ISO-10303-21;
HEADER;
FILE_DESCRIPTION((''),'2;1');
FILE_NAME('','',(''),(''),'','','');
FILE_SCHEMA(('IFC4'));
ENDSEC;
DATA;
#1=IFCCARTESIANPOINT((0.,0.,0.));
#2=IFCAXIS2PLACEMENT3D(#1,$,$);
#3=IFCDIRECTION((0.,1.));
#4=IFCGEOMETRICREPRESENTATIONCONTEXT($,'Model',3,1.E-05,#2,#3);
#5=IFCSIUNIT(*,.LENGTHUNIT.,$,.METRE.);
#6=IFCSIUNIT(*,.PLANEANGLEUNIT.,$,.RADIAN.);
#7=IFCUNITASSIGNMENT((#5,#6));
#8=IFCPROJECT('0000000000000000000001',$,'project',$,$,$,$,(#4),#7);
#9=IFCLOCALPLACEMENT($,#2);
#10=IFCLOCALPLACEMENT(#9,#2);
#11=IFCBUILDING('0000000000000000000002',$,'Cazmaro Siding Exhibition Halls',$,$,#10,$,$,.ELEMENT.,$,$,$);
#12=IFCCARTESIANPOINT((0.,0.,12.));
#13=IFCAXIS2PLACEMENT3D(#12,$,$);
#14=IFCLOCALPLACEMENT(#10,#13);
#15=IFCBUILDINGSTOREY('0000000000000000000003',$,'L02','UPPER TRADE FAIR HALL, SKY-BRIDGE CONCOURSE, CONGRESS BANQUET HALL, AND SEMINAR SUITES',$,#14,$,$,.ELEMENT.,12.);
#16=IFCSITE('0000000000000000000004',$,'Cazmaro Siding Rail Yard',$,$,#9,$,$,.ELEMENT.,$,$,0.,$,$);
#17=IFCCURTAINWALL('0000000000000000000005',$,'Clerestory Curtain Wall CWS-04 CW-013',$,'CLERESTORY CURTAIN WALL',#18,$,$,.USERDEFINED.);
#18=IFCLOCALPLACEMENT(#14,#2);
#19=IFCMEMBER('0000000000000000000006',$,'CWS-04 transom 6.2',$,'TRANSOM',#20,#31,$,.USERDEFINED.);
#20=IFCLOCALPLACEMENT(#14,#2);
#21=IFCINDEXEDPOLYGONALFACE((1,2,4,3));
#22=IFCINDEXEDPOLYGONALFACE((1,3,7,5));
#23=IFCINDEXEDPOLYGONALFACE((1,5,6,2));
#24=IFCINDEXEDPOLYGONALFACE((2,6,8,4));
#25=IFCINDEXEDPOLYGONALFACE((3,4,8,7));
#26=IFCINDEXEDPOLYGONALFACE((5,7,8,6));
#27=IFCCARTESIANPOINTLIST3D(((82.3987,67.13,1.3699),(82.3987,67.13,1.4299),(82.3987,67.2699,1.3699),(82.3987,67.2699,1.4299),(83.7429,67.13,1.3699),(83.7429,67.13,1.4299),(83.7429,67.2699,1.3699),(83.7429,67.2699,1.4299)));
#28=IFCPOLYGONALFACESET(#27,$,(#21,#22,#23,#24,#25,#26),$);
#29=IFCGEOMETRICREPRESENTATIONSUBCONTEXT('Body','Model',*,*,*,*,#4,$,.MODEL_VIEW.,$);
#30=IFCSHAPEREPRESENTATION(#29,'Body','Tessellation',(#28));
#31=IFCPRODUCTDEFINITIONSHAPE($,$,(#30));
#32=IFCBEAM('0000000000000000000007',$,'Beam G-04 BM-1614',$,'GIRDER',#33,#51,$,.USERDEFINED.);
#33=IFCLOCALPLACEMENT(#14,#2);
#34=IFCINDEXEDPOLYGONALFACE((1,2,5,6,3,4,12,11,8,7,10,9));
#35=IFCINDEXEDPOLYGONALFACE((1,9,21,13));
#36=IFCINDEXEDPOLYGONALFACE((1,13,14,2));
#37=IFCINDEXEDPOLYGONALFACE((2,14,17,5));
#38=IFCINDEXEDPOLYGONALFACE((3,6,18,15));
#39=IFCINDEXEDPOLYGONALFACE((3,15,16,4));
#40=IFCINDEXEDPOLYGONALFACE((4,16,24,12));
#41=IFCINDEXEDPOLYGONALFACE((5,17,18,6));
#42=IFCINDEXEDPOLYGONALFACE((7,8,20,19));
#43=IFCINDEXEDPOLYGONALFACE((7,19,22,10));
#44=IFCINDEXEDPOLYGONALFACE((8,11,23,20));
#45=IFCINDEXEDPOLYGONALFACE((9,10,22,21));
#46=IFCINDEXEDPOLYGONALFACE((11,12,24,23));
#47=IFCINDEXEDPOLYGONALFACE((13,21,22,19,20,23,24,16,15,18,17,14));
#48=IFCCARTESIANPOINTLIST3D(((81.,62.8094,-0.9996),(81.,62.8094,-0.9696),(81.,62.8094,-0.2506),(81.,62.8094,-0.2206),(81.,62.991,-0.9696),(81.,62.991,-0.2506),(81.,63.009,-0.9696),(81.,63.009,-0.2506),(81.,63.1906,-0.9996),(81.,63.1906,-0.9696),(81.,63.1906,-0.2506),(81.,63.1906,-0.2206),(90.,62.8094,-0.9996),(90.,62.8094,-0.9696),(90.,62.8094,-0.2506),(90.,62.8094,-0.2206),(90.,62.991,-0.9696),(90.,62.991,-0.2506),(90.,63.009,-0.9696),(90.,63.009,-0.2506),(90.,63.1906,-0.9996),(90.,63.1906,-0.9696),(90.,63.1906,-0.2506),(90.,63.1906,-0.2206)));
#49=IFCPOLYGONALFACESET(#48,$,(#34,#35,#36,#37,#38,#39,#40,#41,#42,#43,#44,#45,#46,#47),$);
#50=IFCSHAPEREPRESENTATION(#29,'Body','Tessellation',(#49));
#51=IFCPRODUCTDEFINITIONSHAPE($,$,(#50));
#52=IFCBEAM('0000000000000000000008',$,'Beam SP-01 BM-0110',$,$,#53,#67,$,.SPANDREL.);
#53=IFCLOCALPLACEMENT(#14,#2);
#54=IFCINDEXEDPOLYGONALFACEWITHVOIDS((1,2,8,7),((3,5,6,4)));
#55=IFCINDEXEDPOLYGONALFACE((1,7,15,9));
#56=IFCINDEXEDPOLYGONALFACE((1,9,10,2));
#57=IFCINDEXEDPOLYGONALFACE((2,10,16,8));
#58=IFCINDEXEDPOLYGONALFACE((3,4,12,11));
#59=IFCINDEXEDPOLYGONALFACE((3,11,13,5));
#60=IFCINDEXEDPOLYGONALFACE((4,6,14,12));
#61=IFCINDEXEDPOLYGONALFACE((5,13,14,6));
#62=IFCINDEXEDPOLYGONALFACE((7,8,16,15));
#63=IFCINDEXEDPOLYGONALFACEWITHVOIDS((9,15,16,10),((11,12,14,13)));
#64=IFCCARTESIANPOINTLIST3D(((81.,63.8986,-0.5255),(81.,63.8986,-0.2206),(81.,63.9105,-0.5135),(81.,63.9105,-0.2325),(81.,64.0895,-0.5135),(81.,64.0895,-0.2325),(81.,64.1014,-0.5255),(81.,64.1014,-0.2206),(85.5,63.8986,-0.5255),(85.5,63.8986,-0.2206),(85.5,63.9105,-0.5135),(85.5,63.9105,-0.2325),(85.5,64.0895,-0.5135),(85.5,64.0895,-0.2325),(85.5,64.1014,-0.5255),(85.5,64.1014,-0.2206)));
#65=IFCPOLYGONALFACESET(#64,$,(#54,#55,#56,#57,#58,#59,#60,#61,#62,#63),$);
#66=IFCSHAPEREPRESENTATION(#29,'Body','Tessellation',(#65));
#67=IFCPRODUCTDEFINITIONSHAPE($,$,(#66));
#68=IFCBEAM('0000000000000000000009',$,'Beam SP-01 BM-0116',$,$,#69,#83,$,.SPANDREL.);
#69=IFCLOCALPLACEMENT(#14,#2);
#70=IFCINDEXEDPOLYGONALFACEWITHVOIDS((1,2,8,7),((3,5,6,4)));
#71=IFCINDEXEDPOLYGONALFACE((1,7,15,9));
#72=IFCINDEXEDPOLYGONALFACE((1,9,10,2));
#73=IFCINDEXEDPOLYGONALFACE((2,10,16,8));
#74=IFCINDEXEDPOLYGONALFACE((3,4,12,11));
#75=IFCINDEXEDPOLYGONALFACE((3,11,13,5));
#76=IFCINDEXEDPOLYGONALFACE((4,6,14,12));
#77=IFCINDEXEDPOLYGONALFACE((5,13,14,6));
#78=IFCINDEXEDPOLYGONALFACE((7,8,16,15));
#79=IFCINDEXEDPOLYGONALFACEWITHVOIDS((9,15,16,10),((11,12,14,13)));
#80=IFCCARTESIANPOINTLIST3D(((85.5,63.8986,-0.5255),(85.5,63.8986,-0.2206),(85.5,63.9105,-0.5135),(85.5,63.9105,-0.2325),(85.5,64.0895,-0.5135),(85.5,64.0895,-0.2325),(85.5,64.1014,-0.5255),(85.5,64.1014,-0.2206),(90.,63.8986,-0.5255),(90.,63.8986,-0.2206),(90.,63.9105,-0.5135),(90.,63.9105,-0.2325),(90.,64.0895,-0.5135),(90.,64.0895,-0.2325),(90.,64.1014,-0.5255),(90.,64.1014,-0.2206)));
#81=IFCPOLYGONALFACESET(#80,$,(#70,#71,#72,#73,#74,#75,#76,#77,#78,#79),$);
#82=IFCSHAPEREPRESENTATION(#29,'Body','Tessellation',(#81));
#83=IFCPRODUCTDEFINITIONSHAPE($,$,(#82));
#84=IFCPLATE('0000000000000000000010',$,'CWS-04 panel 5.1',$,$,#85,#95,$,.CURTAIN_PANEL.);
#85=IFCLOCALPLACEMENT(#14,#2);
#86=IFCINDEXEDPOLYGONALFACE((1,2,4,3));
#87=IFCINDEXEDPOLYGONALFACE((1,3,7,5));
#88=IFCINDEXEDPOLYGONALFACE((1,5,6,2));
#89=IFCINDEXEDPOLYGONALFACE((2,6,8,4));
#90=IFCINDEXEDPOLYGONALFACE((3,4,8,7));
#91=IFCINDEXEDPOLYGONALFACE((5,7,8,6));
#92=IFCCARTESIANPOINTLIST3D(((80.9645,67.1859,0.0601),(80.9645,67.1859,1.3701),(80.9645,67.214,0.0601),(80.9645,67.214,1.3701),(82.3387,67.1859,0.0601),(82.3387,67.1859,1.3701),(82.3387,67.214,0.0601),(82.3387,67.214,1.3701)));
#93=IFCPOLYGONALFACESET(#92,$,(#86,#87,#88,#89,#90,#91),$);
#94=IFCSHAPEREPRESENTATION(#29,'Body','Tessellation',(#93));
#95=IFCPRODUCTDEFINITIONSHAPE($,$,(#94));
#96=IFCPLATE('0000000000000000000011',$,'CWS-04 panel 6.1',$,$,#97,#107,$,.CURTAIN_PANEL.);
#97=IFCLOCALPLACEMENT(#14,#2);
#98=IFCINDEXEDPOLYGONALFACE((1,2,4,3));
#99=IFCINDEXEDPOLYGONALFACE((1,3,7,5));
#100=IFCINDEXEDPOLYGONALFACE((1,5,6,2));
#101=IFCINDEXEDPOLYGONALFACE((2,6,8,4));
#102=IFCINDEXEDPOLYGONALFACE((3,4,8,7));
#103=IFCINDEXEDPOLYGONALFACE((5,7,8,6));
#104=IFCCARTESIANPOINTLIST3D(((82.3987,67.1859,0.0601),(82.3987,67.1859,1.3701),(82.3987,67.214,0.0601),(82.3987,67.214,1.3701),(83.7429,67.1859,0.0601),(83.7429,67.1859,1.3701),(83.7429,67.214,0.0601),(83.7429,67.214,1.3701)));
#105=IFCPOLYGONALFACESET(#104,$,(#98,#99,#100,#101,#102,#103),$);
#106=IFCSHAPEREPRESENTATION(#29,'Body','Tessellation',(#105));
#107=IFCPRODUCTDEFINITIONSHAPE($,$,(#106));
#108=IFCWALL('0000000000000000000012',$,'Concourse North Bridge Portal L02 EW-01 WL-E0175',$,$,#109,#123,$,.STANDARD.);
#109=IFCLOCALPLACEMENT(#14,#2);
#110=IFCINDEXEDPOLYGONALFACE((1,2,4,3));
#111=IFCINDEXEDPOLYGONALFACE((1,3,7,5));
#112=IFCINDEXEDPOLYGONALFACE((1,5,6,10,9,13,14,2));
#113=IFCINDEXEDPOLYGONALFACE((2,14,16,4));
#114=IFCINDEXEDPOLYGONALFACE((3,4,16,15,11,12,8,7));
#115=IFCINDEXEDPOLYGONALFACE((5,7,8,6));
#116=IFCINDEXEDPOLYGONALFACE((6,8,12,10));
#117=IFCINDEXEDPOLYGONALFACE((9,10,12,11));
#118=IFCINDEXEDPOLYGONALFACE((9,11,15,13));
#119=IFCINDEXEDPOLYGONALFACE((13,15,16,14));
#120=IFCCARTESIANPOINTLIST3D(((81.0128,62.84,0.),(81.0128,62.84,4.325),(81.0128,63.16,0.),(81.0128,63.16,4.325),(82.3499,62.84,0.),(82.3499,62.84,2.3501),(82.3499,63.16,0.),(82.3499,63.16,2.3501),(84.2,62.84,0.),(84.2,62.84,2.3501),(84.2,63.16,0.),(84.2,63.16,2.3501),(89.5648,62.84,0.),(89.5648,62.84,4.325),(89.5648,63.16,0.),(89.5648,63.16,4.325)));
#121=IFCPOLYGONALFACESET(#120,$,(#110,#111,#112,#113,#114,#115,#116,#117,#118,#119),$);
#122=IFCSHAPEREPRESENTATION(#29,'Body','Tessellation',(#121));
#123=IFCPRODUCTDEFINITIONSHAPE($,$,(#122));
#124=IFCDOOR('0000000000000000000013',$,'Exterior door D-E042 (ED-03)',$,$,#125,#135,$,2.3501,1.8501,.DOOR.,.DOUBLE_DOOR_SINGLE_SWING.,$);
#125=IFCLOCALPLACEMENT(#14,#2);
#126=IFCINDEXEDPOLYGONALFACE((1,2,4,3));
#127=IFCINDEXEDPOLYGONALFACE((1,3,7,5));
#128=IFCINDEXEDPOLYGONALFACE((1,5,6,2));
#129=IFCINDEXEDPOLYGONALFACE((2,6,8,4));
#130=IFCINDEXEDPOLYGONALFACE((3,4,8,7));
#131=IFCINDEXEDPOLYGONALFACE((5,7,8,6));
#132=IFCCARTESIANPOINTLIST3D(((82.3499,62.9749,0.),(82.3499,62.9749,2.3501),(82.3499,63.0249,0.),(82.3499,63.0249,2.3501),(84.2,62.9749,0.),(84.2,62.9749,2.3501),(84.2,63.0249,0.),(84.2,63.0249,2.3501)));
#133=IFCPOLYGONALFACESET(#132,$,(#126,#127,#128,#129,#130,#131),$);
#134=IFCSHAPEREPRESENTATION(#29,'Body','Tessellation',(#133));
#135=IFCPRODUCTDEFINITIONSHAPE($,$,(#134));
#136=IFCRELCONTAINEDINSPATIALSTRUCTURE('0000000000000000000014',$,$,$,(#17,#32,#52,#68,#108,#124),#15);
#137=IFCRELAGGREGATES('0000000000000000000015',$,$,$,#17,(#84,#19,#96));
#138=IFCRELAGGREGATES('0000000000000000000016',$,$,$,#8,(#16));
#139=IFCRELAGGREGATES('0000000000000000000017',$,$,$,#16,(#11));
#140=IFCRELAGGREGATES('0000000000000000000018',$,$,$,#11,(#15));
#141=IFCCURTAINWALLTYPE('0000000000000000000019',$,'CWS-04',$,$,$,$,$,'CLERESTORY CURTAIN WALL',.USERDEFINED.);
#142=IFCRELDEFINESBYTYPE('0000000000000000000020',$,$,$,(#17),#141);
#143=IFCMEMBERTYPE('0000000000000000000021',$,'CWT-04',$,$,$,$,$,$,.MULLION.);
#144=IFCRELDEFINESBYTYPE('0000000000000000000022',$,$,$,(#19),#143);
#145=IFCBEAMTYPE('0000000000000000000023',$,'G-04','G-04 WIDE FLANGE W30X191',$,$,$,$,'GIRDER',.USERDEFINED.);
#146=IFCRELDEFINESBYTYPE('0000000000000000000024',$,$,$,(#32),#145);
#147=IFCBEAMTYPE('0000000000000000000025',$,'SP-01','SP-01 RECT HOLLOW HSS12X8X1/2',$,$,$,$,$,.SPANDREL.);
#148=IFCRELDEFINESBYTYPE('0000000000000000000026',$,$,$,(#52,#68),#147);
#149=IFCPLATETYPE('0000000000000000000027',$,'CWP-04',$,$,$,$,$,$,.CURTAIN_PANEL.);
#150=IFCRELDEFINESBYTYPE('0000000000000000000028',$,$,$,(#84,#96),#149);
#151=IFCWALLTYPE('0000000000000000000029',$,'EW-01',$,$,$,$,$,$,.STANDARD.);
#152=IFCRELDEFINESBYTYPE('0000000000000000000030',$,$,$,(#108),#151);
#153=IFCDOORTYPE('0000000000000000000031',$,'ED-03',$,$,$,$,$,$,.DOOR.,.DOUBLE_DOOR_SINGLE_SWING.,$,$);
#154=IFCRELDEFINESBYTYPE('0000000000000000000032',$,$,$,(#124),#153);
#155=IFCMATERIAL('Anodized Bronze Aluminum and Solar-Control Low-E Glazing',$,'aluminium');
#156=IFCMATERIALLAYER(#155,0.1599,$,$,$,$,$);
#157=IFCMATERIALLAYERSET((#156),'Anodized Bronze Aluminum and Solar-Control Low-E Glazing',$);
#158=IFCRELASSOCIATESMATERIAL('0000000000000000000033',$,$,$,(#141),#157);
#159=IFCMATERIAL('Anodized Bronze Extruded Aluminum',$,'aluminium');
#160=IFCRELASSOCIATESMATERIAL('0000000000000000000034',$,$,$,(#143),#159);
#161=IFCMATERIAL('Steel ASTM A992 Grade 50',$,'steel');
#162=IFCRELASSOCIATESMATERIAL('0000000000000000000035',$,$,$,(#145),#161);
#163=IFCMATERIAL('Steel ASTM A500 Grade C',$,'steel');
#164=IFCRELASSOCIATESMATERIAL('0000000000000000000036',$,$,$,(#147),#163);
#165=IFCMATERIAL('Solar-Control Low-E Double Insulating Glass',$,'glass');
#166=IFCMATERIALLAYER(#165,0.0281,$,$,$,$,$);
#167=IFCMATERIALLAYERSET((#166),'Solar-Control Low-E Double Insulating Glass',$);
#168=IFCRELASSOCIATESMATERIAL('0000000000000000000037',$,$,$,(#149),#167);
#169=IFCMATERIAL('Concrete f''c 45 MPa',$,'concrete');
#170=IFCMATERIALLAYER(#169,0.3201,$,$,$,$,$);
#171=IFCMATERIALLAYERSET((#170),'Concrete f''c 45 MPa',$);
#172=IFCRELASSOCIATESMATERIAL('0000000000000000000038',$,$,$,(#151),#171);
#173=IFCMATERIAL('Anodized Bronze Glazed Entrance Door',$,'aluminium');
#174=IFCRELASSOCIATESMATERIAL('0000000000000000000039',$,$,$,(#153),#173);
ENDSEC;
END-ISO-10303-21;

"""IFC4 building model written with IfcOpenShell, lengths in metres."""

from ifc_helpers import new_model, si_unit, direction, frame, frame_2d, origin, origin_2d, place, context, subcontext, project, spatial, rectangle, hollow_rectangle, i_section, extrude, material, layer, layer_set, material_profile, profile_set, type_object, element, fill, aggregate, save


model = new_model("IFC4")

# Units and contexts
model_context = context("Model", 3, precision=1e-05, world=origin(), true_north=direction((0.0, 1.0)))
body_context = subcontext(model_context, "Body", "Model", "MODEL_VIEW")
ifc_project = project(units=[si_unit("LENGTHUNIT", "METRE"), si_unit("PLANEANGLEUNIT", "RADIAN")], contexts=[model_context])

# Site, building, storey
site_placement = place(None, origin())
site = spatial("IfcSite", under=ifc_project, at=site_placement, Name="Cazmaro Siding Rail Yard", CompositionType="ELEMENT", RefElevation=0.0)
building_placement = place(site_placement, origin())
building = spatial("IfcBuilding", under=site, at=building_placement, Name="Cazmaro Siding Exhibition Halls", CompositionType="ELEMENT")
storey_placement = place(building_placement, frame((0.0, 0.0, 12.0)))
storey = spatial("IfcBuildingStorey", under=building, at=storey_placement, Name="L02", Description="UPPER TRADE FAIR HALL, SKY-BRIDGE CONCOURSE, CONGRESS BANQUET HALL, AND SEMINAR SUITES", CompositionType="ELEMENT", Elevation=12.0)

# Curtain wall, member
ifc_material_1 = material(Name="Anodized Bronze Aluminum and Solar-Control Low-E Glazing", Category="aluminium")
ifc_layer_1 = layer(ifc_material_1, 0.1599)
ifc_layer_set_1 = layer_set([ifc_layer_1], Name="Anodized Bronze Aluminum and Solar-Control Low-E Glazing")
curtain_wall_type = type_object("IfcCurtainWallType", Name="CWS-04", ElementType="CLERESTORY CURTAIN WALL", PredefinedType="USERDEFINED", material=ifc_layer_set_1)
curtain_wall_placement = place(storey_placement, origin())
curtain_wall = element("IfcCurtainWall", 1, at=curtain_wall_placement, inside=storey, type_object=curtain_wall_type, Name="Clerestory Curtain Wall CWS-04 CW-013", ObjectType="CLERESTORY CURTAIN WALL", PredefinedType="USERDEFINED")
ifc_material_2 = material(Name="Anodized Bronze Extruded Aluminum", Category="aluminium")
ifc_material_profile_1 = material_profile(ifc_material_2, rectangle(XDim=0.1399, YDim=0.0601, at=origin_2d()), Name="CWT-04")
ifc_profile_set_1 = profile_set([ifc_material_profile_1], Name="Anodized Bronze Extruded Aluminum")
member_type_1 = type_object("IfcMemberType", Name="CWT-04", PredefinedType="MULLION", material=ifc_profile_set_1)
member_1_placement = place(storey_placement, frame((82.3987, 67.2, 1.3999), z_axis=(1.0, 0.0, 0.0), x_axis=(0.0, 1.0, 0.0)))
member_1 = element("IfcMember", 2, at=member_1_placement, type_object=member_type_1, Name="CWS-04 transom 6.2", ObjectType="TRANSOM", PredefinedType="USERDEFINED", context=body_context, shape_type="SweptSolid", body=[
    extrude(rectangle(XDim=0.1399, YDim=0.0601, at=origin_2d()), origin(), (0.0, 0.0, 1.0), 1.3442),
])

# Beams
ifc_material_3 = material(Name="Steel ASTM A992 Grade 50", Category="steel")
ifc_material_profile_2 = material_profile(ifc_material_3, i_section(OverallWidth=0.3811, OverallDepth=0.7791, WebThickness=0.0181, FlangeThickness=0.03, at=origin_2d()), Name="W30X191")
ifc_profile_set_2 = profile_set([ifc_material_profile_2], Name="Steel ASTM A992 Grade 50")
beam_type_1 = type_object("IfcBeamType", Name="G-04", Description="G-04 WIDE FLANGE W30X191", ElementType="GIRDER", PredefinedType="USERDEFINED", material=ifc_profile_set_2)
beam_1_placement = place(storey_placement, frame((81.0, 63.0, -0.6101), z_axis=(1.0, 0.0, 0.0), x_axis=(0.0, 1.0, 0.0)))
element("IfcBeam", 3, at=beam_1_placement, inside=storey, type_object=beam_type_1, Name="Beam G-04 BM-1614", ObjectType="GIRDER", PredefinedType="USERDEFINED", context=body_context, shape_type="SweptSolid", body=[
    extrude(i_section(OverallWidth=0.3811, OverallDepth=0.7791, WebThickness=0.0181, FlangeThickness=0.03, at=origin_2d()), origin(), (0.0, 0.0, 1.0), 9.0),
])
ifc_material_4 = material(Name="Steel ASTM A500 Grade C", Category="steel")
ifc_material_profile_3 = material_profile(ifc_material_4, hollow_rectangle(XDim=0.2029, YDim=0.3049, WallThickness=0.012, at=origin_2d()), Name="HSS12X8X1/2")
ifc_profile_set_3 = profile_set([ifc_material_profile_3], Name="Steel ASTM A500 Grade C")
beam_type_2 = type_object("IfcBeamType", Name="SP-01", Description="SP-01 RECT HOLLOW HSS12X8X1/2", PredefinedType="SPANDREL", material=ifc_profile_set_3)
for number, where, z_axis, x_axis, name in (
    (4, (81.0, 64.0, -0.373), (1.0, 0.0, 0.0), (0.0, 1.0, 0.0), "Beam SP-01 BM-0110"),
    (5, (85.5, 64.0, -0.373), (1.0, 0.0, 0.0), (0.0, 1.0, 0.0), "Beam SP-01 BM-0116"),
):
    element("IfcBeam", number, at=place(storey_placement, frame(where, z_axis=z_axis, x_axis=x_axis)), inside=storey, type_object=beam_type_2, Name=name, PredefinedType="SPANDREL", context=body_context, shape_type="SweptSolid", body=[
        extrude(hollow_rectangle(XDim=0.2029, YDim=0.3049, WallThickness=0.012, at=origin_2d()), origin(), (0.0, 0.0, 1.0), 4.5),
    ])

# Plates
ifc_material_5 = material(Name="Solar-Control Low-E Double Insulating Glass", Category="glass")
ifc_layer_2 = layer(ifc_material_5, 0.0281)
ifc_layer_set_2 = layer_set([ifc_layer_2], Name="Solar-Control Low-E Double Insulating Glass")
plate_type = type_object("IfcPlateType", Name="CWP-04", PredefinedType="CURTAIN_PANEL", material=ifc_layer_set_2)
plate_1_placement = place(storey_placement, frame((81.6516, 67.2, 0.0601), z_axis=(0.0, 0.0, 1.0), x_axis=(1.0, 0.0, 0.0)))
plate_1 = element("IfcPlate", 6, at=plate_1_placement, type_object=plate_type, Name="CWS-04 panel 5.1", PredefinedType="CURTAIN_PANEL", context=body_context, shape_type="SweptSolid", body=[
    extrude(rectangle(XDim=1.3743, YDim=0.0281, at=origin_2d()), origin(), (0.0, 0.0, 1.0), 1.3101),
])
plate_2_placement = place(storey_placement, frame((83.0708, 67.2, 0.0601), z_axis=(0.0, 0.0, 1.0), x_axis=(1.0, 0.0, 0.0)))
plate_2 = element("IfcPlate", 7, at=plate_2_placement, type_object=plate_type, Name="CWS-04 panel 6.1", PredefinedType="CURTAIN_PANEL", context=body_context, shape_type="SweptSolid", body=[
    extrude(rectangle(XDim=1.3442, YDim=0.0281, at=origin_2d()), origin(), (0.0, 0.0, 1.0), 1.3101),
])
aggregate(curtain_wall, [plate_1, member_1, plate_2])

# Wall, opening, door
ifc_material_6 = material(Name="Concrete f'c 45 MPa", Category="concrete")
ifc_layer_3 = layer(ifc_material_6, 0.3201)
ifc_layer_set_3 = layer_set([ifc_layer_3], Name="Concrete f'c 45 MPa")
wall_type = type_object("IfcWallType", Name="EW-01", PredefinedType="STANDARD", material=ifc_layer_set_3)
wall_placement = place(storey_placement, frame((81.0129, 63.0, 0.0), z_axis=(0.0, 0.0, 1.0), x_axis=(1.0, 0.0, 0.0)))
wall = element("IfcWall", 8, at=wall_placement, inside=storey, type_object=wall_type, Name="Concourse North Bridge Portal L02 EW-01 WL-E0175", PredefinedType="STANDARD", context=body_context, shape_type="SweptSolid", body=[
    extrude(rectangle(XDim=8.552, YDim=0.3201, at=frame_2d((4.2759, 0.0))), origin(), (0.0, 0.0, 1.0), 4.325),
])
opening_placement = place(wall_placement, frame((1.3369, 0.0, 0.0)))
opening = element("IfcOpeningElement", 9, at=opening_placement, cuts=wall, PredefinedType="OPENING", context=body_context, shape_type="SweptSolid", body=[
    extrude(rectangle(XDim=1.8501, YDim=2.3501, at=frame_2d((0.925, 1.175))), frame((0.0, 0.1699, 0.0), z_axis=(0.0, -1.0, 0.0), x_axis=(1.0, 0.0, 0.0)), (0.0, 0.0, 1.0), 0.3401),
])
ifc_material_7 = material(Name="Anodized Bronze Glazed Entrance Door", Category="aluminium")
door_type = type_object("IfcDoorType", Name="ED-03", OperationType="DOUBLE_DOOR_SINGLE_SWING", PredefinedType="DOOR", material=ifc_material_7)
door_placement = place(opening_placement, origin())
door = element("IfcDoor", 10, at=door_placement, inside=storey, type_object=door_type, Name="Exterior door D-E042 (ED-03)", OperationType="DOUBLE_DOOR_SINGLE_SWING", OverallHeight=2.3501, OverallWidth=1.8501, PredefinedType="DOOR", context=body_context, shape_type="SweptSolid", body=[
    extrude(rectangle(XDim=1.8501, YDim=2.3501, at=frame_2d((0.925, 1.175))), frame((0.0, 0.0249, 0.0), z_axis=(0.0, -1.0, 0.0), x_axis=(1.0, 0.0, 0.0)), (0.0, 0.0, 1.0), 0.05),
])
fill(opening, door)

save(model, "model.ifc")
